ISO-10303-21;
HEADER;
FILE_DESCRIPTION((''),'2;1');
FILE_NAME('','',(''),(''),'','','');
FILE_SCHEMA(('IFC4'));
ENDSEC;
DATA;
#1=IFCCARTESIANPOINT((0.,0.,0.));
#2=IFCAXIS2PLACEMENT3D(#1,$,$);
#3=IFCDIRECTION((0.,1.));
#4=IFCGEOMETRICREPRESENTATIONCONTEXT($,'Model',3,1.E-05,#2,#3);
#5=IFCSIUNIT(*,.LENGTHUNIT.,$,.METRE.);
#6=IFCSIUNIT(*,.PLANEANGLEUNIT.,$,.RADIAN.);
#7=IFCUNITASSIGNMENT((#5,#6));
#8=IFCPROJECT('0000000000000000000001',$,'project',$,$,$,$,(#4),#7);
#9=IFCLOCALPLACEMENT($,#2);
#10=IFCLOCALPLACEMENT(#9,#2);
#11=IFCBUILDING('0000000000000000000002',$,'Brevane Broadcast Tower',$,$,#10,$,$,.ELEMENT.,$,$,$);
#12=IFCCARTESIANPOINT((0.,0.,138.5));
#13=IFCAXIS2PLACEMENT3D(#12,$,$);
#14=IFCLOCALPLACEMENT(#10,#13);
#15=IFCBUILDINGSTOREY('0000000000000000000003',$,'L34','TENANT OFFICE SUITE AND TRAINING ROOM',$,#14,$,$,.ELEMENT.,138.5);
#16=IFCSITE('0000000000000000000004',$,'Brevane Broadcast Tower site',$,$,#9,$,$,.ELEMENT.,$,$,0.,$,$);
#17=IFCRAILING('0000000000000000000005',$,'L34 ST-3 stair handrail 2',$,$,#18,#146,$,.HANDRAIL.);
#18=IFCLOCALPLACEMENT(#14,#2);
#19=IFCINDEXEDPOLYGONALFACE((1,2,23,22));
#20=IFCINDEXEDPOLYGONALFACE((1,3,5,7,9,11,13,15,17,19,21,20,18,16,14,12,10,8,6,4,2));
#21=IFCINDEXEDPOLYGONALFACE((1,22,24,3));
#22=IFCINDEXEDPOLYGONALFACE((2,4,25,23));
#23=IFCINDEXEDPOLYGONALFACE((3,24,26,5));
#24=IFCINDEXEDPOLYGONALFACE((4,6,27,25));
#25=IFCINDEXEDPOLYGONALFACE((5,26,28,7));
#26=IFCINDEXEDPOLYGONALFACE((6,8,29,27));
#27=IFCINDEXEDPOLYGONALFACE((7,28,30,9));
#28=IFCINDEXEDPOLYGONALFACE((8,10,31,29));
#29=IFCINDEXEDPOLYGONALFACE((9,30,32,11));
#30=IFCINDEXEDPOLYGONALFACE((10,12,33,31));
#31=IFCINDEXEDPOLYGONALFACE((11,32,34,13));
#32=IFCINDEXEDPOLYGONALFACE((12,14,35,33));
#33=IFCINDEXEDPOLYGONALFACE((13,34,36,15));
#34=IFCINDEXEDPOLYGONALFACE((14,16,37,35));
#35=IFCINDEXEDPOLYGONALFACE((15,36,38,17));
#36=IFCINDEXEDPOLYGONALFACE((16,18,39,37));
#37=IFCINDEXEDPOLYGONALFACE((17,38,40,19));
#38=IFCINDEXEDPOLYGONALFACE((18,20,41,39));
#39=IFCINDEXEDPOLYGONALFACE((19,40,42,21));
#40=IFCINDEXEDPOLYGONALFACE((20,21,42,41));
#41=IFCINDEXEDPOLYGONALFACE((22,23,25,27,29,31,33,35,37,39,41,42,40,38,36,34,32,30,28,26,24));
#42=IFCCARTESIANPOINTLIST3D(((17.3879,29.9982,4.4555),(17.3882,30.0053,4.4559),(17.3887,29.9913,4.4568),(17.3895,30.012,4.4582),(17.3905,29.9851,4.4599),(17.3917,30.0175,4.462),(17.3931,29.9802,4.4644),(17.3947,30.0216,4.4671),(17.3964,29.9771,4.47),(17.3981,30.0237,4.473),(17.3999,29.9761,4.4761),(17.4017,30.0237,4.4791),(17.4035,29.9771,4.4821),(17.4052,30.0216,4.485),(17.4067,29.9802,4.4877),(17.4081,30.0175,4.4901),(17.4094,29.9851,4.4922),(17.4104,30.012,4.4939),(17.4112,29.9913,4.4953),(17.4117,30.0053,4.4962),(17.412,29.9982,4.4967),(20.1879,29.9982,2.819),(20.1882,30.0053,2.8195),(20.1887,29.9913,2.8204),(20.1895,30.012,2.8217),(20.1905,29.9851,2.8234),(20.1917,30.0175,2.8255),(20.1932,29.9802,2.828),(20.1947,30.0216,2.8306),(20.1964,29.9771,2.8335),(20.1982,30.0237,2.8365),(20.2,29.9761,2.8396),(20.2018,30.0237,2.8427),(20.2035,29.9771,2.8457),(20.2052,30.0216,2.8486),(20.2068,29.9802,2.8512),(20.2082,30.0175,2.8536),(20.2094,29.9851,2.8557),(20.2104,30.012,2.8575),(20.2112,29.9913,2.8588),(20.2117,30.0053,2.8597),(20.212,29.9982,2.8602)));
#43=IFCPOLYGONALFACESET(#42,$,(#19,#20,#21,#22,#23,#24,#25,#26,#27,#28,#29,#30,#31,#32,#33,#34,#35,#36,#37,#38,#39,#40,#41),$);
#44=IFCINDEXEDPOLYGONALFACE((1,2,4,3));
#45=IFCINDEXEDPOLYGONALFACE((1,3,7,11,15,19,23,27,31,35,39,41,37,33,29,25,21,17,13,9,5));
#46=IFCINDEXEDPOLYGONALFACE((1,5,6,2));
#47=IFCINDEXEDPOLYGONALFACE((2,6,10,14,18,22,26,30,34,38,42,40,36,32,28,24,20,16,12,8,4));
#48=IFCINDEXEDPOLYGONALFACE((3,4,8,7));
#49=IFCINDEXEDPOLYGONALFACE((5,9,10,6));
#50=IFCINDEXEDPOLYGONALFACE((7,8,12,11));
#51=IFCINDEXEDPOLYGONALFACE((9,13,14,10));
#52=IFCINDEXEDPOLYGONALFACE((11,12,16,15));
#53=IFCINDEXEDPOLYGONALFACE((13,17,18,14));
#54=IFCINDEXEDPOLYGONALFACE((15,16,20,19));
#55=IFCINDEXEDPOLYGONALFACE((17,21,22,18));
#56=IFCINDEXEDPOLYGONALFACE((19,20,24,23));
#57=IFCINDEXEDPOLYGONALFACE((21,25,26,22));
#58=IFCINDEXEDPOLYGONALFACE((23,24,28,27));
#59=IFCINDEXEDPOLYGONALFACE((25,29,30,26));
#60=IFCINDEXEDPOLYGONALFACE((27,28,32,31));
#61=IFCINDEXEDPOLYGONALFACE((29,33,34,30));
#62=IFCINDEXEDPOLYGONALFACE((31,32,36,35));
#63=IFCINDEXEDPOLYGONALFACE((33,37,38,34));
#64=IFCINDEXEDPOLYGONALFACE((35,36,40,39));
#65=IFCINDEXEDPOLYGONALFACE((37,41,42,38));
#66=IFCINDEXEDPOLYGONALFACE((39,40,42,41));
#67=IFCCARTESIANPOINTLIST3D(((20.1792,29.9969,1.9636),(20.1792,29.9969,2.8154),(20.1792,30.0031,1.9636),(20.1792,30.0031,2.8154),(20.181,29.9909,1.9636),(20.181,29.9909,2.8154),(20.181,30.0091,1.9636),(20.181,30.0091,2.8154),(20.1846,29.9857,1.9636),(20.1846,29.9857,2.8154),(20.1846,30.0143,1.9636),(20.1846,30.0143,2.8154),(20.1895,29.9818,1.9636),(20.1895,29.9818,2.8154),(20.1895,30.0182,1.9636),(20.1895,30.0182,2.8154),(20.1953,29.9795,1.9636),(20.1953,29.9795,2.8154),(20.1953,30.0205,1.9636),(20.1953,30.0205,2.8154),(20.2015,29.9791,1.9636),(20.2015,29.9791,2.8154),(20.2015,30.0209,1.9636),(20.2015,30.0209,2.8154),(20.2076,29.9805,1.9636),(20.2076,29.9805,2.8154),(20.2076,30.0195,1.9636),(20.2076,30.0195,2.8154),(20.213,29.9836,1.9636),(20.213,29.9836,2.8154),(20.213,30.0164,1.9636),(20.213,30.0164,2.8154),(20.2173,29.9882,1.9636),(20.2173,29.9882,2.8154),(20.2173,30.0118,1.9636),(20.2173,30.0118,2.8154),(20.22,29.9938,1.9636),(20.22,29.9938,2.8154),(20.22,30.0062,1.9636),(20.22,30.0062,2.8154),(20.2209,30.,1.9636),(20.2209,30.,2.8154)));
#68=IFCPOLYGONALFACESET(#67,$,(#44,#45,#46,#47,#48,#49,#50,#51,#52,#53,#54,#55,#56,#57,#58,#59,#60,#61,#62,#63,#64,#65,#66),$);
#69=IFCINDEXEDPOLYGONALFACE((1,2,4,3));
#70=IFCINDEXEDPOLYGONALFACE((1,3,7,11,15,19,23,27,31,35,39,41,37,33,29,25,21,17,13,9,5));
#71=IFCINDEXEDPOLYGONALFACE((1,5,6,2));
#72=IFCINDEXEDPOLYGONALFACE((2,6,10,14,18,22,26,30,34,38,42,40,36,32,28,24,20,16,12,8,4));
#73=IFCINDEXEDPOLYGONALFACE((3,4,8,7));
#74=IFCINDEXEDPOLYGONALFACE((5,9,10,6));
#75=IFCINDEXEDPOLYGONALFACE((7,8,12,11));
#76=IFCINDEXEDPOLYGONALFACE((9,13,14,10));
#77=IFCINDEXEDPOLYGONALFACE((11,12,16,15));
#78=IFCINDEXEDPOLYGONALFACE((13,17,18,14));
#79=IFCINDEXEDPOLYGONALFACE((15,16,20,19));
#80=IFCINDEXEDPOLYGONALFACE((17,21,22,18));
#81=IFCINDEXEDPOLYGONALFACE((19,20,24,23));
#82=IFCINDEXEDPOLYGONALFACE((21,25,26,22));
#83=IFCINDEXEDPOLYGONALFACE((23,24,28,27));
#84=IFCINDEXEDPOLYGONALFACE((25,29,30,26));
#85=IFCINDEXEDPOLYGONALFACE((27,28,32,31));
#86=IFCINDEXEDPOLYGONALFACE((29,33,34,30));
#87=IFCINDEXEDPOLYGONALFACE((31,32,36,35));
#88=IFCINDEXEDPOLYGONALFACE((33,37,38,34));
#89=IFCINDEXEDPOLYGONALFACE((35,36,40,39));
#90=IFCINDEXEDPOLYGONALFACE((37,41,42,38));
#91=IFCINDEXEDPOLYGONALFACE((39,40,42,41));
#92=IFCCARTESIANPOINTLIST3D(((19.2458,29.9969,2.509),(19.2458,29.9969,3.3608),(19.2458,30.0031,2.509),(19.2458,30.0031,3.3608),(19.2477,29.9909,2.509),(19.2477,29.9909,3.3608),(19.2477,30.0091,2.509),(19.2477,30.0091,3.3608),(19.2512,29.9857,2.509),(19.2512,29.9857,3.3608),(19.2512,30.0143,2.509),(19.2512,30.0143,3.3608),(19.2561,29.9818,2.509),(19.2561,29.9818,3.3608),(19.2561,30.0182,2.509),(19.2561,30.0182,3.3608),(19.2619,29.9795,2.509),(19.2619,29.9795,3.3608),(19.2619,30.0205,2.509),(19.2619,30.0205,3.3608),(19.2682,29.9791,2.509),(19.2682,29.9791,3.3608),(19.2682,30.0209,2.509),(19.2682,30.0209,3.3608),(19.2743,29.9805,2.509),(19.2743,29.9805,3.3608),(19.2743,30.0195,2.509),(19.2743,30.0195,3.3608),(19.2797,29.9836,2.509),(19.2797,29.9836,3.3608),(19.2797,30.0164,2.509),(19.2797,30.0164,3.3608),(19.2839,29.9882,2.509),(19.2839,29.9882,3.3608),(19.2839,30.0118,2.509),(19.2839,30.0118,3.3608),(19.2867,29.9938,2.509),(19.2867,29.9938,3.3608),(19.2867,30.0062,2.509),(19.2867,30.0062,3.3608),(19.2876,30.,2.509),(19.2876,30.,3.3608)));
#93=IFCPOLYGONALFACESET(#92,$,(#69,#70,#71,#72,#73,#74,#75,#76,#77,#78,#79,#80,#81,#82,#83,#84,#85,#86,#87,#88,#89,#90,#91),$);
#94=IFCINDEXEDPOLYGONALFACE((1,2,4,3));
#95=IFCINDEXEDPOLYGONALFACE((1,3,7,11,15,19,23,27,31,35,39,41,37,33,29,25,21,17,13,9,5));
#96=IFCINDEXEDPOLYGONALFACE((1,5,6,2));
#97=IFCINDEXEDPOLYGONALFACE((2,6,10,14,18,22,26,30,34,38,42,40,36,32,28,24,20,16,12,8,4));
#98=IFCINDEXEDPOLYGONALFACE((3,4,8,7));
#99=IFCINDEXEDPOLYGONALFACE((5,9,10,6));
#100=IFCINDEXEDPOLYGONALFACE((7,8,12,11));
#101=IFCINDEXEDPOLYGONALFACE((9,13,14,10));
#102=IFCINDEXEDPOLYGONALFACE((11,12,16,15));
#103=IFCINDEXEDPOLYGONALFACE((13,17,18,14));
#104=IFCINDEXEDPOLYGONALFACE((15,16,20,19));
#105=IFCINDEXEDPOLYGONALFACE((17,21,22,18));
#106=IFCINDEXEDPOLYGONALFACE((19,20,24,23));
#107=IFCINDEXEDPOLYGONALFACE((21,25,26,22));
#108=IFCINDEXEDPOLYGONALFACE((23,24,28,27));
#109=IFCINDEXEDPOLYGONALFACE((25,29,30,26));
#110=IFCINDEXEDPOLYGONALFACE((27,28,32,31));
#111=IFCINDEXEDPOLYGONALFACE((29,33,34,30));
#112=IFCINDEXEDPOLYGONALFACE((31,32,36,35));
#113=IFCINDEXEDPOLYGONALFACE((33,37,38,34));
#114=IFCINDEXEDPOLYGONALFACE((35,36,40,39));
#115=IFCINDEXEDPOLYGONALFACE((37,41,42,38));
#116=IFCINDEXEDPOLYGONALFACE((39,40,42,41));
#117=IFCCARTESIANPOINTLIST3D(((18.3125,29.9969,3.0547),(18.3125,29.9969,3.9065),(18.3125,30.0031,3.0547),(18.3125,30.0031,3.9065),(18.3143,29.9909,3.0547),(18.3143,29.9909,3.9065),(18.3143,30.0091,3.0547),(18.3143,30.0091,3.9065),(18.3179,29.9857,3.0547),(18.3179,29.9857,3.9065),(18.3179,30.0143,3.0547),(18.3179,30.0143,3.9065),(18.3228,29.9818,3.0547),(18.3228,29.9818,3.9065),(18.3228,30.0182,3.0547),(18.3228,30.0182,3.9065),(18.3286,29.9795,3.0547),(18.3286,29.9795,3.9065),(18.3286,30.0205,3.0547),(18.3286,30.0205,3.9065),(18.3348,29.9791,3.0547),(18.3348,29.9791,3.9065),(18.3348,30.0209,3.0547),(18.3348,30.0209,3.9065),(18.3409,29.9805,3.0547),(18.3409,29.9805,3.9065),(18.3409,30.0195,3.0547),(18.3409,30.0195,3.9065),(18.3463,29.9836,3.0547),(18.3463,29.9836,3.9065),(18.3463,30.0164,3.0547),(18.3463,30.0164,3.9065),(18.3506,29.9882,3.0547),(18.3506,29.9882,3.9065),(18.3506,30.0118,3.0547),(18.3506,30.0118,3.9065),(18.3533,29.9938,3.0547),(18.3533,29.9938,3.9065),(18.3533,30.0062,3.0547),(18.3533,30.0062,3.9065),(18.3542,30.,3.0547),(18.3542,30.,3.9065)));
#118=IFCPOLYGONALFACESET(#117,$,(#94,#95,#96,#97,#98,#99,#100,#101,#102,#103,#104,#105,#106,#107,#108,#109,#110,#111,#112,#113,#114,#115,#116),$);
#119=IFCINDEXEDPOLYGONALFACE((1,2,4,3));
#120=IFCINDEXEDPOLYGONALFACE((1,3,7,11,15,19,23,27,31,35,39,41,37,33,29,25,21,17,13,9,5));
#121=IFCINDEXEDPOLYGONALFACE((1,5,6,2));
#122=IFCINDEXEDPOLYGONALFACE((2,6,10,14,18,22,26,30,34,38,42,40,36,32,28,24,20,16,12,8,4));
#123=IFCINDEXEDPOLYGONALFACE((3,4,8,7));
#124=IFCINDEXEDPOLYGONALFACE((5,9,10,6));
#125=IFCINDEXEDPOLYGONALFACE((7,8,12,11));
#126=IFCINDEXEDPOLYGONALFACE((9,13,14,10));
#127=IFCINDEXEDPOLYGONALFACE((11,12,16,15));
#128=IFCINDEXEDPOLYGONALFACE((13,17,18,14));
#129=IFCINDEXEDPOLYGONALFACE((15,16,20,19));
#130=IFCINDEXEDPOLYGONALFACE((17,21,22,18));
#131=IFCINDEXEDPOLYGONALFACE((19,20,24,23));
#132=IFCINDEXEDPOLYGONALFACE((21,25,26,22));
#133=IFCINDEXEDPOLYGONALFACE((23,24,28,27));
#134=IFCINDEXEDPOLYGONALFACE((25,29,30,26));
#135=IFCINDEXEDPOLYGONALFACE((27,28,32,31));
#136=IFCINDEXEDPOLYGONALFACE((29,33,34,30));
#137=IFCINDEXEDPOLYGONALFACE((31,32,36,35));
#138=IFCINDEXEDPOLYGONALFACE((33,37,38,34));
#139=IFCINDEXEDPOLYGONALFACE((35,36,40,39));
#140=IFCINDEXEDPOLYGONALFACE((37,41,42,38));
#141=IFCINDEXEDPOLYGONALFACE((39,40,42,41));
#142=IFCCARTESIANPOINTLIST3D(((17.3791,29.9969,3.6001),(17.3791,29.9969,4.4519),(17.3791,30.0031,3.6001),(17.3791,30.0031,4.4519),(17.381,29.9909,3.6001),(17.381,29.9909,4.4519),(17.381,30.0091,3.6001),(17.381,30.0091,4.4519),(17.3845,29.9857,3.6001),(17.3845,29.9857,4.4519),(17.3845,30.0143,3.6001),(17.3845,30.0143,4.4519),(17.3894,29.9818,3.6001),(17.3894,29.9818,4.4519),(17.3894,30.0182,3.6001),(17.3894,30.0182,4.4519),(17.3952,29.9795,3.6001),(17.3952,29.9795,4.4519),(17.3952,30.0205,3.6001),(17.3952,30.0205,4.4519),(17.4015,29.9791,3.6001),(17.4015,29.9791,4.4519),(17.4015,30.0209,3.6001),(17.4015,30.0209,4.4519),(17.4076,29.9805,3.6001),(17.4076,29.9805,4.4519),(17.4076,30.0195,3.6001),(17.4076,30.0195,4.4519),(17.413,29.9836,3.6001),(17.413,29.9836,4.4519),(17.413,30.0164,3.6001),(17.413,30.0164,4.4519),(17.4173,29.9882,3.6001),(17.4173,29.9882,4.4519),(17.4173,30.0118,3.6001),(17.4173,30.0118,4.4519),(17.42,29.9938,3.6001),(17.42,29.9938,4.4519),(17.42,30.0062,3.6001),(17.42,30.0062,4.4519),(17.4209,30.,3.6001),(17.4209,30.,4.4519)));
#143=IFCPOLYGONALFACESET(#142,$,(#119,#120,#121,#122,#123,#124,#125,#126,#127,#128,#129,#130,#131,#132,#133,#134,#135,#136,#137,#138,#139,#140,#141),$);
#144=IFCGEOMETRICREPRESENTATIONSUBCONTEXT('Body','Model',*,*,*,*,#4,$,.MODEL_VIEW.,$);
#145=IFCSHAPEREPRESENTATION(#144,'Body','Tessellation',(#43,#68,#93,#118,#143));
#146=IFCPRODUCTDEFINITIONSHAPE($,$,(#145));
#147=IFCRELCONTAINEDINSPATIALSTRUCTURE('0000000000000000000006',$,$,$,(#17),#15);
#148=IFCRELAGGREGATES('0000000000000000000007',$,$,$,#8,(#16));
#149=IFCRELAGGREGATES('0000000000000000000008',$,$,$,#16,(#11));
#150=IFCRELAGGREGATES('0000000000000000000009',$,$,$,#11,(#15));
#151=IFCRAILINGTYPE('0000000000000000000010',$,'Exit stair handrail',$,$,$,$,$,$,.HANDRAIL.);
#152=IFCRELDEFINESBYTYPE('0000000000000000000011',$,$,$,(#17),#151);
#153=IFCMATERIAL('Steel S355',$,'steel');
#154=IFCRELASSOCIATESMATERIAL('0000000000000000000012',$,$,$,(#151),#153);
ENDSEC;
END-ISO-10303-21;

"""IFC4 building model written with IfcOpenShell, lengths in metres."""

from ifc_helpers import new_model, si_unit, direction, frame, origin, origin_2d, place, context, subcontext, project, spatial, circle, extrude, material, type_object, element, save


model = new_model("IFC4")

# Units and contexts
model_context = context("Model", 3, precision=1e-05, world=origin(), true_north=direction((0.0, 1.0)))
body_context = subcontext(model_context, "Body", "Model", "MODEL_VIEW")
ifc_project = project(units=[si_unit("LENGTHUNIT", "METRE"), si_unit("PLANEANGLEUNIT", "RADIAN")], contexts=[model_context])

# Site, building, storey
site_placement = place(None, origin())
site = spatial("IfcSite", under=ifc_project, at=site_placement, Name="Brevane Broadcast Tower site", CompositionType="ELEMENT", RefElevation=0.0)
building_placement = place(site_placement, origin())
building = spatial("IfcBuilding", under=site, at=building_placement, Name="Brevane Broadcast Tower", CompositionType="ELEMENT")
storey_placement = place(building_placement, frame((0.0, 0.0, 138.5)))
storey = spatial("IfcBuildingStorey", under=building, at=storey_placement, Name="L34", Description="TENANT OFFICE SUITE AND TRAINING ROOM", CompositionType="ELEMENT", Elevation=138.5)

# Railing
ifc_material_1 = material(Name="Steel S355", Category="steel")
railing_type_1 = type_object("IfcRailingType", Name="Exit stair handrail", PredefinedType="HANDRAIL", material=ifc_material_1)
railing_1_placement = place(storey_placement, frame((20.2, 30.0, 1.9636)))
element("IfcRailing", 1, at=railing_1_placement, inside=storey, type_object=railing_type_1, Name="L34 ST-3 stair handrail 2", PredefinedType="HANDRAIL", context=body_context, shape_type="SweptSolid", body=[
    extrude(circle(Radius=0.0239, at=origin_2d()), frame((0.0, 0.0, 0.876), z_axis=(-0.863361, 0.0, 0.504587), x_axis=(0.0, -1.0, 0.0)), (0.0, 0.0, 1.0), 3.2432),
    extrude(circle(Radius=0.021, at=origin_2d()), origin(), (0.0, 0.0, 1.0), 0.8518),
    extrude(circle(Radius=0.021, at=origin_2d()), frame((-0.9333, 0.0, 0.5454)), (0.0, 0.0, 1.0), 0.8518),
    extrude(circle(Radius=0.021, at=origin_2d()), frame((-1.8667, 0.0, 1.0911)), (0.0, 0.0, 1.0), 0.8518),
    extrude(circle(Radius=0.021, at=origin_2d()), frame((-2.8, 0.0, 1.6365)), (0.0, 0.0, 1.0), 0.8518),
])

save(model, "model.ifc")
